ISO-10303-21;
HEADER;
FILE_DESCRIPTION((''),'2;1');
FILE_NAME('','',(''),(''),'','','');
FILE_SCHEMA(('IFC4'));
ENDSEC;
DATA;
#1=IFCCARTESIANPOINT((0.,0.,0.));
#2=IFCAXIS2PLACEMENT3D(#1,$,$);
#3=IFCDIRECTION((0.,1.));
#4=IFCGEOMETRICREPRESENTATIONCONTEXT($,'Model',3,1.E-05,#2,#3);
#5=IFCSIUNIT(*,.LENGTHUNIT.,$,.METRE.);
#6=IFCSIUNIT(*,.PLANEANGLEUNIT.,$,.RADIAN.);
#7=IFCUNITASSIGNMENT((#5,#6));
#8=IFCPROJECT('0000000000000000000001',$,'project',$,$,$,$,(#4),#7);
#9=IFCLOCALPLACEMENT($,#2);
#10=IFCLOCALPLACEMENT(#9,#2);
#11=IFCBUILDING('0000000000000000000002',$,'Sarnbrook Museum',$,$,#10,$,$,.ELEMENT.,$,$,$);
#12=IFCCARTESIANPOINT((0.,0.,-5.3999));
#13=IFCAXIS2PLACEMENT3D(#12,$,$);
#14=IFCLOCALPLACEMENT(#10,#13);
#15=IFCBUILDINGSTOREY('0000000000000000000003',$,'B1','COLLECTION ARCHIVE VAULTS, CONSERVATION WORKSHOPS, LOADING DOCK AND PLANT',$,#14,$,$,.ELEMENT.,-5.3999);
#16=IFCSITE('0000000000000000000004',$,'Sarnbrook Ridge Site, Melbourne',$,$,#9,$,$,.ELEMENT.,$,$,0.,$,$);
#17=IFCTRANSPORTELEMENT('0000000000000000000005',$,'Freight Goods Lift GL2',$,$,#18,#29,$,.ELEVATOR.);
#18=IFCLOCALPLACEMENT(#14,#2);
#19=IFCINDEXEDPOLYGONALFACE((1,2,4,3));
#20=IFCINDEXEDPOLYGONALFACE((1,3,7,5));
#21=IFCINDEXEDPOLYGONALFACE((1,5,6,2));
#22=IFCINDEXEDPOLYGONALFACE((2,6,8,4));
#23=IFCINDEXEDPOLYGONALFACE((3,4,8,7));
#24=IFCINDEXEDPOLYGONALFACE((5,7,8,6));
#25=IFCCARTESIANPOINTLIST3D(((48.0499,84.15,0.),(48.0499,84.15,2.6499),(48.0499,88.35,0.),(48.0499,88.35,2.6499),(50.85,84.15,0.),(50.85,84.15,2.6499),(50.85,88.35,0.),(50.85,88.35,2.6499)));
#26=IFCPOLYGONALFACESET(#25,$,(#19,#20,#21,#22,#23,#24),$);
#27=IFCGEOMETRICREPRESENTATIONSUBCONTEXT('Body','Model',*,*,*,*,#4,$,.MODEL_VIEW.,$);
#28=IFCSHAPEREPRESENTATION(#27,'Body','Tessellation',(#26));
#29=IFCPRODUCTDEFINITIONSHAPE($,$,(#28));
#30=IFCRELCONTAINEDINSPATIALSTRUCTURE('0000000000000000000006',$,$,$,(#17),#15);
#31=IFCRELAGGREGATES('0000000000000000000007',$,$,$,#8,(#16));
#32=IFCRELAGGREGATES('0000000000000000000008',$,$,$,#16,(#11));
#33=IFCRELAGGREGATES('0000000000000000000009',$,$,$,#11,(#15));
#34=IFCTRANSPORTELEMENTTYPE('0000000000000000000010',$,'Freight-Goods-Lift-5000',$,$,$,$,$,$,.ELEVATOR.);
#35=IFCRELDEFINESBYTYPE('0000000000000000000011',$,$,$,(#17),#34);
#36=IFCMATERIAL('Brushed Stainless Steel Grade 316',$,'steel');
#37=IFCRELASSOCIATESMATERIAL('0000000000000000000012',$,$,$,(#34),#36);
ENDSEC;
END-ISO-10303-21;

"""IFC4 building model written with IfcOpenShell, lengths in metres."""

from ifc_helpers import new_model, si_unit, direction, frame, origin, origin_2d, place, context, subcontext, project, spatial, rectangle, extrude, material, type_object, element, save


model = new_model("IFC4")

# Units and contexts
model_context = context("Model", 3, precision=1e-05, world=origin(), true_north=direction((0.0, 1.0)))
body_context = subcontext(model_context, "Body", "Model", "MODEL_VIEW")
ifc_project = project(units=[si_unit("LENGTHUNIT", "METRE"), si_unit("PLANEANGLEUNIT", "RADIAN")], contexts=[model_context])

# Site, building, storey
site_placement = place(None, origin())
site = spatial("IfcSite", under=ifc_project, at=site_placement, Name="Sarnbrook Ridge Site, Melbourne", CompositionType="ELEMENT", RefElevation=0.0)
building_placement = place(site_placement, origin())
building = spatial("IfcBuilding", under=site, at=building_placement, Name="Sarnbrook Museum", CompositionType="ELEMENT")
storey_placement = place(building_placement, frame((0.0, 0.0, -5.3999)))
storey = spatial("IfcBuildingStorey", under=building, at=storey_placement, Name="B1", Description="COLLECTION ARCHIVE VAULTS, CONSERVATION WORKSHOPS, LOADING DOCK AND PLANT", CompositionType="ELEMENT", Elevation=-5.3999)

# Transport element
ifc_material_1 = material(Name="Brushed Stainless Steel Grade 316", Category="steel")
transport_element_type = type_object("IfcTransportElementType", Name="Freight-Goods-Lift-5000", PredefinedType="ELEVATOR", material=ifc_material_1)
transport_element_placement = place(storey_placement, frame((49.45, 86.25, 0.0), z_axis=(0.0, 0.0, 1.0), x_axis=(1.0, 0.0, 0.0)))
element("IfcTransportElement", 1, at=transport_element_placement, inside=storey, type_object=transport_element_type, Name="Freight Goods Lift GL2", PredefinedType="ELEVATOR", context=body_context, shape_type="SweptSolid", body=[
    extrude(rectangle(XDim=2.8, YDim=4.2, at=origin_2d()), origin(), (0.0, 0.0, 1.0), 2.6499),
])

save(model, "model.ifc")
